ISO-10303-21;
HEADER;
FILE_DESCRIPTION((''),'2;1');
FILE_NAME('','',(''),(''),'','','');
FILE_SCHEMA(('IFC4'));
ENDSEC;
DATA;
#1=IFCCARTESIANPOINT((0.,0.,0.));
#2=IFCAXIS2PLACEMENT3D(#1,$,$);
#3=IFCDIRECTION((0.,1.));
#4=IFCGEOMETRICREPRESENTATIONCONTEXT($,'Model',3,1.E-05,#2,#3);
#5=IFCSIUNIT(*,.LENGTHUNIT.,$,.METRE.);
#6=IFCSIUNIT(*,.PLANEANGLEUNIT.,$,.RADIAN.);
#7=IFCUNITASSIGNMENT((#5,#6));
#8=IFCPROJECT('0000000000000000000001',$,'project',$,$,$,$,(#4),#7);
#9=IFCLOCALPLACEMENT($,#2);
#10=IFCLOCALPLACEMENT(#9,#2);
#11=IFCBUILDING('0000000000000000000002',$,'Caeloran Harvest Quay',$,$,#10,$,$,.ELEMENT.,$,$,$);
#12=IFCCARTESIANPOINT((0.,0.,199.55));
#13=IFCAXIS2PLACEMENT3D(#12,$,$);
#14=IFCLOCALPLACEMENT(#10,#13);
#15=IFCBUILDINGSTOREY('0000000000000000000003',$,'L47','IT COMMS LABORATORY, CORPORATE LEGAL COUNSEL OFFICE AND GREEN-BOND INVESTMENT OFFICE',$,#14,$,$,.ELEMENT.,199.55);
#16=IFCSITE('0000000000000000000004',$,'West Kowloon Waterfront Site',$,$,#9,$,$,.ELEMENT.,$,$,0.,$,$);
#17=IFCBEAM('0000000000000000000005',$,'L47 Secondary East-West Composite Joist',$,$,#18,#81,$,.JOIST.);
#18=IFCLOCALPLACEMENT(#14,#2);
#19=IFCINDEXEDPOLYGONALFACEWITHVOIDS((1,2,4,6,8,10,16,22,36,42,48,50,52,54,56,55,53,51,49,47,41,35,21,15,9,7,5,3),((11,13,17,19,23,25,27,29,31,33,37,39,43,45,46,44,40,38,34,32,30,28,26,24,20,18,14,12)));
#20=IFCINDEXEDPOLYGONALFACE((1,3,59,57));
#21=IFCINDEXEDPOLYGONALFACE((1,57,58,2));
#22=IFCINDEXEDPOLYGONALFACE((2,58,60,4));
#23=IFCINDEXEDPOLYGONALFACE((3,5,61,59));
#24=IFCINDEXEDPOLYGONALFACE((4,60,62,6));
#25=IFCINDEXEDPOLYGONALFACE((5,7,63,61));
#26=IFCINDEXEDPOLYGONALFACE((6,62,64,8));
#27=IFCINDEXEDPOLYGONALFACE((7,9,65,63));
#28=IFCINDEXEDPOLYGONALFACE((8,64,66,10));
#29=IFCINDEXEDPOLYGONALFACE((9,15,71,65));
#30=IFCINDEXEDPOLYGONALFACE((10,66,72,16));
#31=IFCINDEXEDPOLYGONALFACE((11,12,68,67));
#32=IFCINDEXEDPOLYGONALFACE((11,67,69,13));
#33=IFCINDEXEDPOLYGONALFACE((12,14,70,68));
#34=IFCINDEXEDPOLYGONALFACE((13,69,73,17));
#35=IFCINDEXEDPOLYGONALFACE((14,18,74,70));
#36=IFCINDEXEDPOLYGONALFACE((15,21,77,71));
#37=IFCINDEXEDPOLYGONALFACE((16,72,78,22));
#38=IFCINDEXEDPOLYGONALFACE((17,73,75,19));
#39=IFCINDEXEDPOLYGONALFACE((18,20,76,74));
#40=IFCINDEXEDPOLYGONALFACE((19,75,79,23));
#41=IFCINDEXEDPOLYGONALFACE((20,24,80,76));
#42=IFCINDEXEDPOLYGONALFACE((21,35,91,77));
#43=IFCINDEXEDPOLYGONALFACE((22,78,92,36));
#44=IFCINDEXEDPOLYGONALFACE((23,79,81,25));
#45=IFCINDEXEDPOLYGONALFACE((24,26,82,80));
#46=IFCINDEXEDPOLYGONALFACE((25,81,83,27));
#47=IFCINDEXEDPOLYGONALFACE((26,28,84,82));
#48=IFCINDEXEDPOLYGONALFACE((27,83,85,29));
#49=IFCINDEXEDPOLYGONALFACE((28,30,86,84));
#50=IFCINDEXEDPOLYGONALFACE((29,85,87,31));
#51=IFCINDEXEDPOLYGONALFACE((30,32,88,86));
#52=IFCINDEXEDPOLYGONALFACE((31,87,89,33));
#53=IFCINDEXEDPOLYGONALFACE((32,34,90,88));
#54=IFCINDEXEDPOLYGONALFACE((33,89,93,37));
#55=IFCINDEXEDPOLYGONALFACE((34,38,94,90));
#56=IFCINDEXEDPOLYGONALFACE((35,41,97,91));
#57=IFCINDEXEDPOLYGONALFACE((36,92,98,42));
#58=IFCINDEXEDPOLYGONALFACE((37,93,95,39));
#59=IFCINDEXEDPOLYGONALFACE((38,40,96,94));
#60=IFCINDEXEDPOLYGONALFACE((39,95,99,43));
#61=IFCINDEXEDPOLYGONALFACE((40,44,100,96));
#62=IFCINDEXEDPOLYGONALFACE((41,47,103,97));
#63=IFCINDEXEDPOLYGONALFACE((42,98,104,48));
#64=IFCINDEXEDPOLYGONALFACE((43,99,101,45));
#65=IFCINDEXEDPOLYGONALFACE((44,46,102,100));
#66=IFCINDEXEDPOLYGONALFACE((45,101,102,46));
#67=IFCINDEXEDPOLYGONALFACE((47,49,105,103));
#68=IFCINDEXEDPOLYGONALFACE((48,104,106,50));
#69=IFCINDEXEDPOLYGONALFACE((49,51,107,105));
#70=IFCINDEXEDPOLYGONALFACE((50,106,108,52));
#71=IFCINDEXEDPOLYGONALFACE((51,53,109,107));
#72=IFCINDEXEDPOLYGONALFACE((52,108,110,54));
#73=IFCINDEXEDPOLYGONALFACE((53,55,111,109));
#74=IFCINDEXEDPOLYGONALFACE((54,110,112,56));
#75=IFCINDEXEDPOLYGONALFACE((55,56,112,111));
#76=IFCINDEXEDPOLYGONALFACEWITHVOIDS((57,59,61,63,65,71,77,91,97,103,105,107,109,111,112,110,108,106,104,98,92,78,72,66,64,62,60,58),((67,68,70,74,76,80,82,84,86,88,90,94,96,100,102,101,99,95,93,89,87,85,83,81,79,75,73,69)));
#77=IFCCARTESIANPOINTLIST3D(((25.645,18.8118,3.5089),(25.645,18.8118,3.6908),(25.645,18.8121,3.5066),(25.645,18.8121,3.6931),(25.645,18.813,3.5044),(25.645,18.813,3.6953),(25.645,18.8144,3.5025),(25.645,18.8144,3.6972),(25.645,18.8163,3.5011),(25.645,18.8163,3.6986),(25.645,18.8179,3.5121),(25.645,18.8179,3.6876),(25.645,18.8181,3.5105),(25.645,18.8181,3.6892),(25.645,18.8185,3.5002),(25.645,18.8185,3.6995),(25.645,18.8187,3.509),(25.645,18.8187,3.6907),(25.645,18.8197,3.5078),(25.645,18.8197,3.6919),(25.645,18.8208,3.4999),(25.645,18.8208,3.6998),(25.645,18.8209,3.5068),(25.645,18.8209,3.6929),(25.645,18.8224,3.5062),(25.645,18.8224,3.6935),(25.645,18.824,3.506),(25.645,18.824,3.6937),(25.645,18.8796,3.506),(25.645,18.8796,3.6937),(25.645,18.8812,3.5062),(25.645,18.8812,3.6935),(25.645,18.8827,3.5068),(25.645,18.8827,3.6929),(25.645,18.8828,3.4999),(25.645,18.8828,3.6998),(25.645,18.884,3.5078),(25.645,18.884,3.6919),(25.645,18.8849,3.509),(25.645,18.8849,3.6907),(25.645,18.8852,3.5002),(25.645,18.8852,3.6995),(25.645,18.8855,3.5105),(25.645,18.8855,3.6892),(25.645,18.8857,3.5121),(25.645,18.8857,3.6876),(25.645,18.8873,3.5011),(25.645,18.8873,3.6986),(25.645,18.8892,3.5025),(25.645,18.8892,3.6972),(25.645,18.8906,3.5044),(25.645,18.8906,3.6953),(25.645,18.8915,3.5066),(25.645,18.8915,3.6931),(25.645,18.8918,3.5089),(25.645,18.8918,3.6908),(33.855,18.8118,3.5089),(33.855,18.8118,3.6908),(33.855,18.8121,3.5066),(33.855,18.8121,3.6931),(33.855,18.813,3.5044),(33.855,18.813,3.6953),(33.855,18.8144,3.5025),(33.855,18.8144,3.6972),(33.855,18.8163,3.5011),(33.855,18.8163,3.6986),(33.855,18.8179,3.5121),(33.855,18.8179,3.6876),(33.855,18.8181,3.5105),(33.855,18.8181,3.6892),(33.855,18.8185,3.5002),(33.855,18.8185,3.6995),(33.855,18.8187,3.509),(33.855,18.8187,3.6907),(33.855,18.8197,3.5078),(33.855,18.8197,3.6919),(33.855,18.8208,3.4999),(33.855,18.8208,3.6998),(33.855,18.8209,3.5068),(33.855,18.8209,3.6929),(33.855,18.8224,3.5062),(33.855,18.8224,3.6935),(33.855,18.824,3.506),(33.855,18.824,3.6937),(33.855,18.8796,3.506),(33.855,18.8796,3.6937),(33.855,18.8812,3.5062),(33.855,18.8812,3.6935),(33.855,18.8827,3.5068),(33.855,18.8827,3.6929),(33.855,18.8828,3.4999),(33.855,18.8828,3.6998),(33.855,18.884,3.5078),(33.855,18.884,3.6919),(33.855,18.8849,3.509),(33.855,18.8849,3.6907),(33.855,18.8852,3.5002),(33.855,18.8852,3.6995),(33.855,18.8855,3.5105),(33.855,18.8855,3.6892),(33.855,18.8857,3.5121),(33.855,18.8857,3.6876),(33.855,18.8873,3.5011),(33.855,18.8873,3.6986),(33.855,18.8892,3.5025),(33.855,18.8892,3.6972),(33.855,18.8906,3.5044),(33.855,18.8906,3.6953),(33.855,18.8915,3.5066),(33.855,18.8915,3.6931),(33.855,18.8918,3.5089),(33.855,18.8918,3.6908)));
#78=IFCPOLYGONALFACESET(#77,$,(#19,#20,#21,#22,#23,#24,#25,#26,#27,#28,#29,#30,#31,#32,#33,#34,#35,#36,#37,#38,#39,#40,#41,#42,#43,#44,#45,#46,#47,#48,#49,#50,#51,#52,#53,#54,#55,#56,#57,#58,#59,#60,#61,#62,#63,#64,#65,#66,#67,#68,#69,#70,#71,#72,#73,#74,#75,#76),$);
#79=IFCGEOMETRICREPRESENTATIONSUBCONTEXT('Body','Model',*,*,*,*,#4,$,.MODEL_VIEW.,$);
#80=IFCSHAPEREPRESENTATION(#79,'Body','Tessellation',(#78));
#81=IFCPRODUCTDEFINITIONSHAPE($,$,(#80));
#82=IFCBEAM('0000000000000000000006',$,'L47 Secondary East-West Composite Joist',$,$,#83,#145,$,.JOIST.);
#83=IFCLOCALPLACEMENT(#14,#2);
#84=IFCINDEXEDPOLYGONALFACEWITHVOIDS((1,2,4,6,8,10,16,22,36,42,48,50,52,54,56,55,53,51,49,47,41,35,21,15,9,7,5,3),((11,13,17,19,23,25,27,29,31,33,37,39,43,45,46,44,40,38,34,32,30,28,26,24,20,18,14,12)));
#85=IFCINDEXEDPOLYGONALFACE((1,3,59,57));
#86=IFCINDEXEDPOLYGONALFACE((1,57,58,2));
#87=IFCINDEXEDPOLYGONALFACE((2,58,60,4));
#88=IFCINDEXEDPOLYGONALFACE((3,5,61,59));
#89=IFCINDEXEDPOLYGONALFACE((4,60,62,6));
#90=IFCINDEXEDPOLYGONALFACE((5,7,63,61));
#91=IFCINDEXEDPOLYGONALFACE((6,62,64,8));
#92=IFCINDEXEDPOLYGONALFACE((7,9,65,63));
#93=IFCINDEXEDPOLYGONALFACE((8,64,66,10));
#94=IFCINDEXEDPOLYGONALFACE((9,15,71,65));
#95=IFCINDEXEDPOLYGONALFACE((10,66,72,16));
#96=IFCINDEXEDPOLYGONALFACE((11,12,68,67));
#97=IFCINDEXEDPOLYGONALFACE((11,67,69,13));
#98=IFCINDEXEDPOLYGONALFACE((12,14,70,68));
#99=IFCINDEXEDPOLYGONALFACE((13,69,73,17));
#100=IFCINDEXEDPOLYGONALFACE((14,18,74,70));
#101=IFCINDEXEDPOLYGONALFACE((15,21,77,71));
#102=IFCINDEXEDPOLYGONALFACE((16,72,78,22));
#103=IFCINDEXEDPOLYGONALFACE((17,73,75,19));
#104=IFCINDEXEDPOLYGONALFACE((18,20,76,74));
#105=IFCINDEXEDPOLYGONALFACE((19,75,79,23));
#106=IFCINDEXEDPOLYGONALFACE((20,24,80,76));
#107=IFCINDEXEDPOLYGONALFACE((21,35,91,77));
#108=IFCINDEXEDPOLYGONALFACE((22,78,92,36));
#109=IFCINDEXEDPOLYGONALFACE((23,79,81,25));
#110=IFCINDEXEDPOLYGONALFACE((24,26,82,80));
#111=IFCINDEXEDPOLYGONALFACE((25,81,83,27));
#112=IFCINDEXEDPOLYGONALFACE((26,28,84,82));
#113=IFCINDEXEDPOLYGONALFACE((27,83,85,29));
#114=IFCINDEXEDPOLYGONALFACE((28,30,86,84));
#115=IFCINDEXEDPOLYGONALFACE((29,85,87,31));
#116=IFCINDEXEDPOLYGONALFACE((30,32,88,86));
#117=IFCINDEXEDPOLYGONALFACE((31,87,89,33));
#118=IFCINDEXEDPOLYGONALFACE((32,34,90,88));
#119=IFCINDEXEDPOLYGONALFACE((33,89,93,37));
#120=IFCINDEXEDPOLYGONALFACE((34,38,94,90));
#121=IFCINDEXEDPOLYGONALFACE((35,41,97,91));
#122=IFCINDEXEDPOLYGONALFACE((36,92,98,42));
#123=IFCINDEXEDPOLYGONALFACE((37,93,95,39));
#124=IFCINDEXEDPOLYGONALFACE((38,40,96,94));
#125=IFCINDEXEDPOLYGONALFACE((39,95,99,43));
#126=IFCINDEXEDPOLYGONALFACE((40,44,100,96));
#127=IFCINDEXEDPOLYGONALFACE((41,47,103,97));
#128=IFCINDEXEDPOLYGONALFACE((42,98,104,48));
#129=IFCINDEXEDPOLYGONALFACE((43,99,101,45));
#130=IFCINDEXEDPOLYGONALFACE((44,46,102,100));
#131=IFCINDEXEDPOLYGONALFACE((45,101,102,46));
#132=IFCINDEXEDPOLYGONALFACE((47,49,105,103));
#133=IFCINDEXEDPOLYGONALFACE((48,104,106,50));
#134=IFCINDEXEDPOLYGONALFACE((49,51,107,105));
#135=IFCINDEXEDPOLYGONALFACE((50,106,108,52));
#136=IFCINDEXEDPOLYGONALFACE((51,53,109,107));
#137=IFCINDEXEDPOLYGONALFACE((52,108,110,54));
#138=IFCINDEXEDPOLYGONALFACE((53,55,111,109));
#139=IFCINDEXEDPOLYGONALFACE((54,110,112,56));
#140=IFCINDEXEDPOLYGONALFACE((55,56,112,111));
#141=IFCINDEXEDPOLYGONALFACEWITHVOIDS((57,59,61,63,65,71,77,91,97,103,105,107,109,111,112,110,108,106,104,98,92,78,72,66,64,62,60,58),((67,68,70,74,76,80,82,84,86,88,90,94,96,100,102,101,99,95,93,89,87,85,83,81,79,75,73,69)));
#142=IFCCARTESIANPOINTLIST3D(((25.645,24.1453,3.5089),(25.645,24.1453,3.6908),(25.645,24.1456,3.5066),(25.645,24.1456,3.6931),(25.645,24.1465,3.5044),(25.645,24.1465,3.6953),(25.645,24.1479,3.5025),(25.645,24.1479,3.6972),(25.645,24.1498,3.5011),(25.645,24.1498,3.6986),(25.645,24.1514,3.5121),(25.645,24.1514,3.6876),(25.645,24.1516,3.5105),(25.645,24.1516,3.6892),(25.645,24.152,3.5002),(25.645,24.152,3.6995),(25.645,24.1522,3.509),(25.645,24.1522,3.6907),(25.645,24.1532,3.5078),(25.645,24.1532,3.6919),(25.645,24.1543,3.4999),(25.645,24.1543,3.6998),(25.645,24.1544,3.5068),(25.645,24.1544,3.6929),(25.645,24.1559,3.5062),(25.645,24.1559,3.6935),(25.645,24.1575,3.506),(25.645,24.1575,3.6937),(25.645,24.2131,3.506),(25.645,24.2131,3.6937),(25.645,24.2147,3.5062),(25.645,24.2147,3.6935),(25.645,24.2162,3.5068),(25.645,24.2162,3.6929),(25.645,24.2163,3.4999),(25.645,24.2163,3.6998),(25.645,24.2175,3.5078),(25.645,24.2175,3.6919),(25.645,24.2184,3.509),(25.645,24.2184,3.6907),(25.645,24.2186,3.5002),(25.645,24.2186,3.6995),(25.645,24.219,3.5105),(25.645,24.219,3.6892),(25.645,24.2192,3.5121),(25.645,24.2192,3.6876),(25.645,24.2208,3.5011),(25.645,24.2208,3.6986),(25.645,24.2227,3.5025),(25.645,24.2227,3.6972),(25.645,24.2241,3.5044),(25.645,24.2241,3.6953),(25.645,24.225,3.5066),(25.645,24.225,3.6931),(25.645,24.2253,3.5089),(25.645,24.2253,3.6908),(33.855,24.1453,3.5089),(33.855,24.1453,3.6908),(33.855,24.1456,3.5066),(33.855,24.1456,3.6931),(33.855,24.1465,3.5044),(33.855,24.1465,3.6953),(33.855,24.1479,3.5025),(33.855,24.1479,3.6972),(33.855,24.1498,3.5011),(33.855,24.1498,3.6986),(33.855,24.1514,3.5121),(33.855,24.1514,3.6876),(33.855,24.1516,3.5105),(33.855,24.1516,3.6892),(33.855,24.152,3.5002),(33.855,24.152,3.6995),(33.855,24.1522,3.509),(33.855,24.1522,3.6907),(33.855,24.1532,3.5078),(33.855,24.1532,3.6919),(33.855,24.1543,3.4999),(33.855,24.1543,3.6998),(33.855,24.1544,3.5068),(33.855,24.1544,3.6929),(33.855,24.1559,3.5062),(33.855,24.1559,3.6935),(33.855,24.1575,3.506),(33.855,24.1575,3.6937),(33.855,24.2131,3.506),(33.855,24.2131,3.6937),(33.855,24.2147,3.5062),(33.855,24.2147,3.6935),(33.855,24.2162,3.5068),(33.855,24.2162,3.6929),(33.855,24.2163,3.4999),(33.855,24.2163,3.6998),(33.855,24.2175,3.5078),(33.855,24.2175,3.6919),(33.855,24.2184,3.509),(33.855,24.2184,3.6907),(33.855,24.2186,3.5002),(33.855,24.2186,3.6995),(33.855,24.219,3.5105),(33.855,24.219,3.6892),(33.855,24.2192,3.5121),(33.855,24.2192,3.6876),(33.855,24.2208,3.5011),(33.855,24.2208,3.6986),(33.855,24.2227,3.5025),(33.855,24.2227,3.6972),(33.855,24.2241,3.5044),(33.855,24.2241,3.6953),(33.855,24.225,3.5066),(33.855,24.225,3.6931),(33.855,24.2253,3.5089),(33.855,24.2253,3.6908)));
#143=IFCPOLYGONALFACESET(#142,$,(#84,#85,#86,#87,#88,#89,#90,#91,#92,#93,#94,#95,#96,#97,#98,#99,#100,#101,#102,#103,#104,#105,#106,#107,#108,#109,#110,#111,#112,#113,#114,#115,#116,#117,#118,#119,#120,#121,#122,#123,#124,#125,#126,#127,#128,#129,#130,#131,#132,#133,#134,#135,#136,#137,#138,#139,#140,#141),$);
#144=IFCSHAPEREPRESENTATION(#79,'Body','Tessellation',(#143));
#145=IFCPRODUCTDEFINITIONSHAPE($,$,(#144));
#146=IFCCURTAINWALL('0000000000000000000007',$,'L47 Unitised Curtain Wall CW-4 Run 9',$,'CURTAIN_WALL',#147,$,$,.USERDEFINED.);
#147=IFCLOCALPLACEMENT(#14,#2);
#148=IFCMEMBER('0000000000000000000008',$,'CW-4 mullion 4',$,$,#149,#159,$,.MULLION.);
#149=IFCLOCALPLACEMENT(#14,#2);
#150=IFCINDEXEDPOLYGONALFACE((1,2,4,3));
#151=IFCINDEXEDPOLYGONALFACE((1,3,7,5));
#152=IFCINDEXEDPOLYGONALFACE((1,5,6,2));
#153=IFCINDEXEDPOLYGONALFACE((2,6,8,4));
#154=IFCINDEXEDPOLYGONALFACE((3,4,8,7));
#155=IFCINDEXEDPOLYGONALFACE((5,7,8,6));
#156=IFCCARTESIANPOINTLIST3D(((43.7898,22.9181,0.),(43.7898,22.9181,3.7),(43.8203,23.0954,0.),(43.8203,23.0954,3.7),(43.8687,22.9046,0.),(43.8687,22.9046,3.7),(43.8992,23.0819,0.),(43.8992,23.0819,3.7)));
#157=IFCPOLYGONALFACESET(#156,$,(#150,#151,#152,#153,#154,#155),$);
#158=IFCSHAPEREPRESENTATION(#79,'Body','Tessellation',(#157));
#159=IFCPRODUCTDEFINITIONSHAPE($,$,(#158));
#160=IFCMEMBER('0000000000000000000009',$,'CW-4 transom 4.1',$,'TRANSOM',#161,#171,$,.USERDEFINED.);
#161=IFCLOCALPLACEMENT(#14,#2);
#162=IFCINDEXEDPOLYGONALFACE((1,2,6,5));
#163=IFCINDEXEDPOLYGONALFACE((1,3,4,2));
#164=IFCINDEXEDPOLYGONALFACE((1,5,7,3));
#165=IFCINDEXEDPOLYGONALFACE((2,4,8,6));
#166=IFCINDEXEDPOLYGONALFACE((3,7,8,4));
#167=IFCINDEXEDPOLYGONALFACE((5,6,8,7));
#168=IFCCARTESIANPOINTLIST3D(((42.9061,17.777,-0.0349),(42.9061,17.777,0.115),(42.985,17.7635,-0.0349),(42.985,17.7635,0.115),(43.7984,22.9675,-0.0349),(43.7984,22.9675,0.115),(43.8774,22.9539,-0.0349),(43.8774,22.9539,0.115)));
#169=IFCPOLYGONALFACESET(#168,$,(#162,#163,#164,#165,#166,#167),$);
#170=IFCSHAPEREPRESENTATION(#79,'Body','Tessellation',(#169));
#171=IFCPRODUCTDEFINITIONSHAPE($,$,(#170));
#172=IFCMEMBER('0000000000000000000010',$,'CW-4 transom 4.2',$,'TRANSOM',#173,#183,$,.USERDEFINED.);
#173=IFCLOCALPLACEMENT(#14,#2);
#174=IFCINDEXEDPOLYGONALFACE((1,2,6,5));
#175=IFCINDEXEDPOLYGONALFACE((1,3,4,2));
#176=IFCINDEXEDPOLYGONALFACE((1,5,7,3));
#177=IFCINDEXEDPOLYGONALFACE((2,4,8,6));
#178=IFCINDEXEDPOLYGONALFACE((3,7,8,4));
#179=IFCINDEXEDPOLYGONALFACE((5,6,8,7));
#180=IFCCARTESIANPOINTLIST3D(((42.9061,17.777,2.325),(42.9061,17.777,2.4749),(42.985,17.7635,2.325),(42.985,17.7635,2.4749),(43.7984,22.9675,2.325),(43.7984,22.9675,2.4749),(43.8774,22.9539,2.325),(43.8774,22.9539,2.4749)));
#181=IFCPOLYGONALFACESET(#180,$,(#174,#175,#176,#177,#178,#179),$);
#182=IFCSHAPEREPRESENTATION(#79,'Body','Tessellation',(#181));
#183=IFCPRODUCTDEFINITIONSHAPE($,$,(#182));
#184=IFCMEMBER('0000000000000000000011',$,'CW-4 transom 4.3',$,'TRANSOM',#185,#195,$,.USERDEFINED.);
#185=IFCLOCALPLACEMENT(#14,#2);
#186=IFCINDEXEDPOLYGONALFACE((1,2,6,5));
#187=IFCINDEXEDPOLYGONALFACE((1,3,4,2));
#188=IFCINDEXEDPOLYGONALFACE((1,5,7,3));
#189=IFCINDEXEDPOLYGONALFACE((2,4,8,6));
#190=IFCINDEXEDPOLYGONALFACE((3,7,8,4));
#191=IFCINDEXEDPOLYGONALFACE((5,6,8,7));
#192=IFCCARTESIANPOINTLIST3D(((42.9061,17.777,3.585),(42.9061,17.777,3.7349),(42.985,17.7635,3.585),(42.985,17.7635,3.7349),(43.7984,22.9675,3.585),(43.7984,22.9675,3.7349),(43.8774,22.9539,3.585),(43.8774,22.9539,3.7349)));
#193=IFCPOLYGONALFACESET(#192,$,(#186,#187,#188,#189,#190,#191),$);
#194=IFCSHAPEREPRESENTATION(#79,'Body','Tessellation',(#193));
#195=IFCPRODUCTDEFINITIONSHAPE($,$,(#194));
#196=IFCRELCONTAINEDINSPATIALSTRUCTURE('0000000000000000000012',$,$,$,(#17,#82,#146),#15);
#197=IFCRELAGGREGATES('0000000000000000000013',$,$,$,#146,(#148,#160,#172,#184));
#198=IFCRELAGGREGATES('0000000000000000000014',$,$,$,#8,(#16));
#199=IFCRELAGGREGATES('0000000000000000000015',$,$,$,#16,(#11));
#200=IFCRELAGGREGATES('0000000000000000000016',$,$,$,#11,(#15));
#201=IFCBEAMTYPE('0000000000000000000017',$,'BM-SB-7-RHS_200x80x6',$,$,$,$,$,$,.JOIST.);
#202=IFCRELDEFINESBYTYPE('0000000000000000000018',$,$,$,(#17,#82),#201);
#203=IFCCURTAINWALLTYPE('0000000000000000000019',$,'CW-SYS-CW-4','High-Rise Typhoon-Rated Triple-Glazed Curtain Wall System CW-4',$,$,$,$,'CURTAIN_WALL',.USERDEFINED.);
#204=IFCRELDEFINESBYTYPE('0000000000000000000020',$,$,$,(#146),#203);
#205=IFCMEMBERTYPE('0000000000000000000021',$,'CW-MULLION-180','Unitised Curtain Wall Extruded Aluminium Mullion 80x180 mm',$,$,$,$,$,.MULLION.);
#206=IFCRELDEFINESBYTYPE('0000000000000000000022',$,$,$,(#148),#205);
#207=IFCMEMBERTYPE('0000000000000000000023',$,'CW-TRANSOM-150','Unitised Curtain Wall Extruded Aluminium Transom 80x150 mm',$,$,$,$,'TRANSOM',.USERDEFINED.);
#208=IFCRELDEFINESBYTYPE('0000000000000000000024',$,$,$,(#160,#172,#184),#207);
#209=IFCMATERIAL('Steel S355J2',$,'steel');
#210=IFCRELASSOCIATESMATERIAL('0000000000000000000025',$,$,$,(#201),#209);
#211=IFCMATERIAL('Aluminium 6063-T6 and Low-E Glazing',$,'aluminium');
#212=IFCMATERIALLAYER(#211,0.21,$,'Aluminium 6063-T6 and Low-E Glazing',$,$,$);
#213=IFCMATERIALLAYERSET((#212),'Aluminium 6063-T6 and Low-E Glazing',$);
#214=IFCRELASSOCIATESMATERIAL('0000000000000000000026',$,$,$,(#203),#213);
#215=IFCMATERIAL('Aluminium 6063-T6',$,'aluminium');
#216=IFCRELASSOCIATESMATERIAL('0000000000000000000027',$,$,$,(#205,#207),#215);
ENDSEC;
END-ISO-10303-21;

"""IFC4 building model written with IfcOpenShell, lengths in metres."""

from ifc_helpers import new_model, si_unit, direction, frame, origin, origin_2d, place, context, subcontext, project, spatial, rectangle, hollow_rectangle, extrude, material, layer, layer_set, material_profile, profile_set, type_object, element, aggregate, save


model = new_model("IFC4")

# Units and contexts
model_context = context("Model", 3, precision=1e-05, world=origin(), true_north=direction((0.0, 1.0)))
body_context = subcontext(model_context, "Body", "Model", "MODEL_VIEW")
ifc_project = project(units=[si_unit("LENGTHUNIT", "METRE"), si_unit("PLANEANGLEUNIT", "RADIAN")], contexts=[model_context])

# Site, building, storey
site_placement = place(None, origin())
site = spatial("IfcSite", under=ifc_project, at=site_placement, Name="West Kowloon Waterfront Site", CompositionType="ELEMENT", RefElevation=0.0)
building_placement = place(site_placement, origin())
building = spatial("IfcBuilding", under=site, at=building_placement, Name="Caeloran Harvest Quay", CompositionType="ELEMENT")
storey_placement = place(building_placement, frame((0.0, 0.0, 199.55)))
storey = spatial("IfcBuildingStorey", under=building, at=storey_placement, Name="L47", Description="IT COMMS LABORATORY, CORPORATE LEGAL COUNSEL OFFICE AND GREEN-BOND INVESTMENT OFFICE", CompositionType="ELEMENT", Elevation=199.55)

# Beams
ifc_material_1 = material(Name="Steel S355J2", Category="steel")
ifc_material_profile_1 = material_profile(ifc_material_1, hollow_rectangle(XDim=0.0801, YDim=0.2, WallThickness=0.0061, InnerFilletRadius=0.0061, OuterFilletRadius=0.009, at=origin_2d()), Name="RHS 200x80x6")
ifc_profile_set_1 = profile_set([ifc_material_profile_1], Name="Steel S355J2")
beam_type_1 = type_object("IfcBeamType", Name="BM-SB-7-RHS_200x80x6", PredefinedType="JOIST", material=ifc_profile_set_1)
for number, where, z_axis, x_axis, name in (
    (1, (25.645, 18.8518, 3.5999), (1.0, 0.0, 0.0), (0.0, 1.0, 0.0), "L47 Secondary East-West Composite Joist"),
    (2, (25.645, 24.1853, 3.5999), (1.0, 0.0, 0.0), (0.0, 1.0, 0.0), "L47 Secondary East-West Composite Joist"),
):
    element("IfcBeam", number, at=place(storey_placement, frame(where, z_axis=z_axis, x_axis=x_axis)), inside=storey, type_object=beam_type_1, Name=name, PredefinedType="JOIST", context=body_context, shape_type="SweptSolid", body=[
        extrude(hollow_rectangle(XDim=0.0801, YDim=0.2, WallThickness=0.0061, InnerFilletRadius=0.0061, OuterFilletRadius=0.009, at=origin_2d()), origin(), (0.0, 0.0, 1.0), 8.21),
    ])

# Curtain wall, members
ifc_material_2 = material(Name="Aluminium 6063-T6 and Low-E Glazing", Category="aluminium")
ifc_layer_1 = layer(ifc_material_2, 0.21, Name="Aluminium 6063-T6 and Low-E Glazing")
ifc_layer_set_1 = layer_set([ifc_layer_1], Name="Aluminium 6063-T6 and Low-E Glazing")
curtain_wall_type = type_object("IfcCurtainWallType", Name="CW-SYS-CW-4", Description="High-Rise Typhoon-Rated Triple-Glazed Curtain Wall System CW-4", ElementType="CURTAIN_WALL", PredefinedType="USERDEFINED", material=ifc_layer_set_1)
curtain_wall_placement = place(storey_placement, origin())
curtain_wall = element("IfcCurtainWall", 3, at=curtain_wall_placement, inside=storey, type_object=curtain_wall_type, Name="L47 Unitised Curtain Wall CW-4 Run 9", ObjectType="CURTAIN_WALL", PredefinedType="USERDEFINED")
ifc_material_3 = material(Name="Aluminium 6063-T6", Category="aluminium")
ifc_material_profile_2 = material_profile(ifc_material_3, rectangle(XDim=0.0801, YDim=0.1799, at=origin_2d()), Name="CW-MULLION-180")
ifc_profile_set_2 = profile_set([ifc_material_profile_2], Name="Aluminium 6063-T6")
member_type_1 = type_object("IfcMemberType", Name="CW-MULLION-180", Description="Unitised Curtain Wall Extruded Aluminium Mullion 80x180 mm", PredefinedType="MULLION", material=ifc_profile_set_2)
member_1_placement = place(storey_placement, frame((43.8445, 23.0, 0.0), z_axis=(0.0, 0.0, 1.0), x_axis=(0.985549, -0.169392, 0.0)))
member_1 = element("IfcMember", 4, at=member_1_placement, type_object=member_type_1, Name="CW-4 mullion 4", PredefinedType="MULLION", context=body_context, shape_type="SweptSolid", body=[
    extrude(rectangle(XDim=0.0801, YDim=0.1799, at=origin_2d()), origin(), (0.0, 0.0, 1.0), 3.7),
])
ifc_material_profile_3 = material_profile(ifc_material_3, rectangle(XDim=0.0801, YDim=0.1499, at=origin_2d()), Name="CW-TRANSOM-150")
ifc_profile_set_3 = profile_set([ifc_material_profile_3], Name="Aluminium 6063-T6")
member_type_2 = type_object("IfcMemberType", Name="CW-TRANSOM-150", Description="Unitised Curtain Wall Extruded Aluminium Transom 80x150 mm", ElementType="TRANSOM", PredefinedType="USERDEFINED", material=ifc_profile_set_3)
member_2_placement = place(storey_placement, frame((43.8379, 22.9607, 0.04), z_axis=(-0.169433, -0.985542, 0.0), x_axis=(0.985542, -0.169433, 0.0)))
member_2 = element("IfcMember", 5, at=member_2_placement, type_object=member_type_2, Name="CW-4 transom 4.1", ObjectType="TRANSOM", PredefinedType="USERDEFINED", context=body_context, shape_type="SweptSolid", body=[
    extrude(rectangle(XDim=0.0801, YDim=0.1499, at=origin_2d()), origin(), (0.0, 0.0, 1.0), 5.2666),
])
member_3_placement = place(storey_placement, frame((43.8379, 22.9607, 2.3999), z_axis=(-0.169433, -0.985542, 0.0), x_axis=(0.985542, -0.169433, 0.0)))
member_3 = element("IfcMember", 6, at=member_3_placement, type_object=member_type_2, Name="CW-4 transom 4.2", ObjectType="TRANSOM", PredefinedType="USERDEFINED", context=body_context, shape_type="SweptSolid", body=[
    extrude(rectangle(XDim=0.0801, YDim=0.1499, at=origin_2d()), origin(), (0.0, 0.0, 1.0), 5.2666),
])
member_4_placement = place(storey_placement, frame((43.8379, 22.9607, 3.6599), z_axis=(-0.169433, -0.985542, 0.0), x_axis=(0.985542, -0.169433, 0.0)))
member_4 = element("IfcMember", 7, at=member_4_placement, type_object=member_type_2, Name="CW-4 transom 4.3", ObjectType="TRANSOM", PredefinedType="USERDEFINED", context=body_context, shape_type="SweptSolid", body=[
    extrude(rectangle(XDim=0.0801, YDim=0.1499, at=origin_2d()), origin(), (0.0, 0.0, 1.0), 5.2666),
])
aggregate(curtain_wall, [member_1, member_2, member_3, member_4])

save(model, "model.ifc")
